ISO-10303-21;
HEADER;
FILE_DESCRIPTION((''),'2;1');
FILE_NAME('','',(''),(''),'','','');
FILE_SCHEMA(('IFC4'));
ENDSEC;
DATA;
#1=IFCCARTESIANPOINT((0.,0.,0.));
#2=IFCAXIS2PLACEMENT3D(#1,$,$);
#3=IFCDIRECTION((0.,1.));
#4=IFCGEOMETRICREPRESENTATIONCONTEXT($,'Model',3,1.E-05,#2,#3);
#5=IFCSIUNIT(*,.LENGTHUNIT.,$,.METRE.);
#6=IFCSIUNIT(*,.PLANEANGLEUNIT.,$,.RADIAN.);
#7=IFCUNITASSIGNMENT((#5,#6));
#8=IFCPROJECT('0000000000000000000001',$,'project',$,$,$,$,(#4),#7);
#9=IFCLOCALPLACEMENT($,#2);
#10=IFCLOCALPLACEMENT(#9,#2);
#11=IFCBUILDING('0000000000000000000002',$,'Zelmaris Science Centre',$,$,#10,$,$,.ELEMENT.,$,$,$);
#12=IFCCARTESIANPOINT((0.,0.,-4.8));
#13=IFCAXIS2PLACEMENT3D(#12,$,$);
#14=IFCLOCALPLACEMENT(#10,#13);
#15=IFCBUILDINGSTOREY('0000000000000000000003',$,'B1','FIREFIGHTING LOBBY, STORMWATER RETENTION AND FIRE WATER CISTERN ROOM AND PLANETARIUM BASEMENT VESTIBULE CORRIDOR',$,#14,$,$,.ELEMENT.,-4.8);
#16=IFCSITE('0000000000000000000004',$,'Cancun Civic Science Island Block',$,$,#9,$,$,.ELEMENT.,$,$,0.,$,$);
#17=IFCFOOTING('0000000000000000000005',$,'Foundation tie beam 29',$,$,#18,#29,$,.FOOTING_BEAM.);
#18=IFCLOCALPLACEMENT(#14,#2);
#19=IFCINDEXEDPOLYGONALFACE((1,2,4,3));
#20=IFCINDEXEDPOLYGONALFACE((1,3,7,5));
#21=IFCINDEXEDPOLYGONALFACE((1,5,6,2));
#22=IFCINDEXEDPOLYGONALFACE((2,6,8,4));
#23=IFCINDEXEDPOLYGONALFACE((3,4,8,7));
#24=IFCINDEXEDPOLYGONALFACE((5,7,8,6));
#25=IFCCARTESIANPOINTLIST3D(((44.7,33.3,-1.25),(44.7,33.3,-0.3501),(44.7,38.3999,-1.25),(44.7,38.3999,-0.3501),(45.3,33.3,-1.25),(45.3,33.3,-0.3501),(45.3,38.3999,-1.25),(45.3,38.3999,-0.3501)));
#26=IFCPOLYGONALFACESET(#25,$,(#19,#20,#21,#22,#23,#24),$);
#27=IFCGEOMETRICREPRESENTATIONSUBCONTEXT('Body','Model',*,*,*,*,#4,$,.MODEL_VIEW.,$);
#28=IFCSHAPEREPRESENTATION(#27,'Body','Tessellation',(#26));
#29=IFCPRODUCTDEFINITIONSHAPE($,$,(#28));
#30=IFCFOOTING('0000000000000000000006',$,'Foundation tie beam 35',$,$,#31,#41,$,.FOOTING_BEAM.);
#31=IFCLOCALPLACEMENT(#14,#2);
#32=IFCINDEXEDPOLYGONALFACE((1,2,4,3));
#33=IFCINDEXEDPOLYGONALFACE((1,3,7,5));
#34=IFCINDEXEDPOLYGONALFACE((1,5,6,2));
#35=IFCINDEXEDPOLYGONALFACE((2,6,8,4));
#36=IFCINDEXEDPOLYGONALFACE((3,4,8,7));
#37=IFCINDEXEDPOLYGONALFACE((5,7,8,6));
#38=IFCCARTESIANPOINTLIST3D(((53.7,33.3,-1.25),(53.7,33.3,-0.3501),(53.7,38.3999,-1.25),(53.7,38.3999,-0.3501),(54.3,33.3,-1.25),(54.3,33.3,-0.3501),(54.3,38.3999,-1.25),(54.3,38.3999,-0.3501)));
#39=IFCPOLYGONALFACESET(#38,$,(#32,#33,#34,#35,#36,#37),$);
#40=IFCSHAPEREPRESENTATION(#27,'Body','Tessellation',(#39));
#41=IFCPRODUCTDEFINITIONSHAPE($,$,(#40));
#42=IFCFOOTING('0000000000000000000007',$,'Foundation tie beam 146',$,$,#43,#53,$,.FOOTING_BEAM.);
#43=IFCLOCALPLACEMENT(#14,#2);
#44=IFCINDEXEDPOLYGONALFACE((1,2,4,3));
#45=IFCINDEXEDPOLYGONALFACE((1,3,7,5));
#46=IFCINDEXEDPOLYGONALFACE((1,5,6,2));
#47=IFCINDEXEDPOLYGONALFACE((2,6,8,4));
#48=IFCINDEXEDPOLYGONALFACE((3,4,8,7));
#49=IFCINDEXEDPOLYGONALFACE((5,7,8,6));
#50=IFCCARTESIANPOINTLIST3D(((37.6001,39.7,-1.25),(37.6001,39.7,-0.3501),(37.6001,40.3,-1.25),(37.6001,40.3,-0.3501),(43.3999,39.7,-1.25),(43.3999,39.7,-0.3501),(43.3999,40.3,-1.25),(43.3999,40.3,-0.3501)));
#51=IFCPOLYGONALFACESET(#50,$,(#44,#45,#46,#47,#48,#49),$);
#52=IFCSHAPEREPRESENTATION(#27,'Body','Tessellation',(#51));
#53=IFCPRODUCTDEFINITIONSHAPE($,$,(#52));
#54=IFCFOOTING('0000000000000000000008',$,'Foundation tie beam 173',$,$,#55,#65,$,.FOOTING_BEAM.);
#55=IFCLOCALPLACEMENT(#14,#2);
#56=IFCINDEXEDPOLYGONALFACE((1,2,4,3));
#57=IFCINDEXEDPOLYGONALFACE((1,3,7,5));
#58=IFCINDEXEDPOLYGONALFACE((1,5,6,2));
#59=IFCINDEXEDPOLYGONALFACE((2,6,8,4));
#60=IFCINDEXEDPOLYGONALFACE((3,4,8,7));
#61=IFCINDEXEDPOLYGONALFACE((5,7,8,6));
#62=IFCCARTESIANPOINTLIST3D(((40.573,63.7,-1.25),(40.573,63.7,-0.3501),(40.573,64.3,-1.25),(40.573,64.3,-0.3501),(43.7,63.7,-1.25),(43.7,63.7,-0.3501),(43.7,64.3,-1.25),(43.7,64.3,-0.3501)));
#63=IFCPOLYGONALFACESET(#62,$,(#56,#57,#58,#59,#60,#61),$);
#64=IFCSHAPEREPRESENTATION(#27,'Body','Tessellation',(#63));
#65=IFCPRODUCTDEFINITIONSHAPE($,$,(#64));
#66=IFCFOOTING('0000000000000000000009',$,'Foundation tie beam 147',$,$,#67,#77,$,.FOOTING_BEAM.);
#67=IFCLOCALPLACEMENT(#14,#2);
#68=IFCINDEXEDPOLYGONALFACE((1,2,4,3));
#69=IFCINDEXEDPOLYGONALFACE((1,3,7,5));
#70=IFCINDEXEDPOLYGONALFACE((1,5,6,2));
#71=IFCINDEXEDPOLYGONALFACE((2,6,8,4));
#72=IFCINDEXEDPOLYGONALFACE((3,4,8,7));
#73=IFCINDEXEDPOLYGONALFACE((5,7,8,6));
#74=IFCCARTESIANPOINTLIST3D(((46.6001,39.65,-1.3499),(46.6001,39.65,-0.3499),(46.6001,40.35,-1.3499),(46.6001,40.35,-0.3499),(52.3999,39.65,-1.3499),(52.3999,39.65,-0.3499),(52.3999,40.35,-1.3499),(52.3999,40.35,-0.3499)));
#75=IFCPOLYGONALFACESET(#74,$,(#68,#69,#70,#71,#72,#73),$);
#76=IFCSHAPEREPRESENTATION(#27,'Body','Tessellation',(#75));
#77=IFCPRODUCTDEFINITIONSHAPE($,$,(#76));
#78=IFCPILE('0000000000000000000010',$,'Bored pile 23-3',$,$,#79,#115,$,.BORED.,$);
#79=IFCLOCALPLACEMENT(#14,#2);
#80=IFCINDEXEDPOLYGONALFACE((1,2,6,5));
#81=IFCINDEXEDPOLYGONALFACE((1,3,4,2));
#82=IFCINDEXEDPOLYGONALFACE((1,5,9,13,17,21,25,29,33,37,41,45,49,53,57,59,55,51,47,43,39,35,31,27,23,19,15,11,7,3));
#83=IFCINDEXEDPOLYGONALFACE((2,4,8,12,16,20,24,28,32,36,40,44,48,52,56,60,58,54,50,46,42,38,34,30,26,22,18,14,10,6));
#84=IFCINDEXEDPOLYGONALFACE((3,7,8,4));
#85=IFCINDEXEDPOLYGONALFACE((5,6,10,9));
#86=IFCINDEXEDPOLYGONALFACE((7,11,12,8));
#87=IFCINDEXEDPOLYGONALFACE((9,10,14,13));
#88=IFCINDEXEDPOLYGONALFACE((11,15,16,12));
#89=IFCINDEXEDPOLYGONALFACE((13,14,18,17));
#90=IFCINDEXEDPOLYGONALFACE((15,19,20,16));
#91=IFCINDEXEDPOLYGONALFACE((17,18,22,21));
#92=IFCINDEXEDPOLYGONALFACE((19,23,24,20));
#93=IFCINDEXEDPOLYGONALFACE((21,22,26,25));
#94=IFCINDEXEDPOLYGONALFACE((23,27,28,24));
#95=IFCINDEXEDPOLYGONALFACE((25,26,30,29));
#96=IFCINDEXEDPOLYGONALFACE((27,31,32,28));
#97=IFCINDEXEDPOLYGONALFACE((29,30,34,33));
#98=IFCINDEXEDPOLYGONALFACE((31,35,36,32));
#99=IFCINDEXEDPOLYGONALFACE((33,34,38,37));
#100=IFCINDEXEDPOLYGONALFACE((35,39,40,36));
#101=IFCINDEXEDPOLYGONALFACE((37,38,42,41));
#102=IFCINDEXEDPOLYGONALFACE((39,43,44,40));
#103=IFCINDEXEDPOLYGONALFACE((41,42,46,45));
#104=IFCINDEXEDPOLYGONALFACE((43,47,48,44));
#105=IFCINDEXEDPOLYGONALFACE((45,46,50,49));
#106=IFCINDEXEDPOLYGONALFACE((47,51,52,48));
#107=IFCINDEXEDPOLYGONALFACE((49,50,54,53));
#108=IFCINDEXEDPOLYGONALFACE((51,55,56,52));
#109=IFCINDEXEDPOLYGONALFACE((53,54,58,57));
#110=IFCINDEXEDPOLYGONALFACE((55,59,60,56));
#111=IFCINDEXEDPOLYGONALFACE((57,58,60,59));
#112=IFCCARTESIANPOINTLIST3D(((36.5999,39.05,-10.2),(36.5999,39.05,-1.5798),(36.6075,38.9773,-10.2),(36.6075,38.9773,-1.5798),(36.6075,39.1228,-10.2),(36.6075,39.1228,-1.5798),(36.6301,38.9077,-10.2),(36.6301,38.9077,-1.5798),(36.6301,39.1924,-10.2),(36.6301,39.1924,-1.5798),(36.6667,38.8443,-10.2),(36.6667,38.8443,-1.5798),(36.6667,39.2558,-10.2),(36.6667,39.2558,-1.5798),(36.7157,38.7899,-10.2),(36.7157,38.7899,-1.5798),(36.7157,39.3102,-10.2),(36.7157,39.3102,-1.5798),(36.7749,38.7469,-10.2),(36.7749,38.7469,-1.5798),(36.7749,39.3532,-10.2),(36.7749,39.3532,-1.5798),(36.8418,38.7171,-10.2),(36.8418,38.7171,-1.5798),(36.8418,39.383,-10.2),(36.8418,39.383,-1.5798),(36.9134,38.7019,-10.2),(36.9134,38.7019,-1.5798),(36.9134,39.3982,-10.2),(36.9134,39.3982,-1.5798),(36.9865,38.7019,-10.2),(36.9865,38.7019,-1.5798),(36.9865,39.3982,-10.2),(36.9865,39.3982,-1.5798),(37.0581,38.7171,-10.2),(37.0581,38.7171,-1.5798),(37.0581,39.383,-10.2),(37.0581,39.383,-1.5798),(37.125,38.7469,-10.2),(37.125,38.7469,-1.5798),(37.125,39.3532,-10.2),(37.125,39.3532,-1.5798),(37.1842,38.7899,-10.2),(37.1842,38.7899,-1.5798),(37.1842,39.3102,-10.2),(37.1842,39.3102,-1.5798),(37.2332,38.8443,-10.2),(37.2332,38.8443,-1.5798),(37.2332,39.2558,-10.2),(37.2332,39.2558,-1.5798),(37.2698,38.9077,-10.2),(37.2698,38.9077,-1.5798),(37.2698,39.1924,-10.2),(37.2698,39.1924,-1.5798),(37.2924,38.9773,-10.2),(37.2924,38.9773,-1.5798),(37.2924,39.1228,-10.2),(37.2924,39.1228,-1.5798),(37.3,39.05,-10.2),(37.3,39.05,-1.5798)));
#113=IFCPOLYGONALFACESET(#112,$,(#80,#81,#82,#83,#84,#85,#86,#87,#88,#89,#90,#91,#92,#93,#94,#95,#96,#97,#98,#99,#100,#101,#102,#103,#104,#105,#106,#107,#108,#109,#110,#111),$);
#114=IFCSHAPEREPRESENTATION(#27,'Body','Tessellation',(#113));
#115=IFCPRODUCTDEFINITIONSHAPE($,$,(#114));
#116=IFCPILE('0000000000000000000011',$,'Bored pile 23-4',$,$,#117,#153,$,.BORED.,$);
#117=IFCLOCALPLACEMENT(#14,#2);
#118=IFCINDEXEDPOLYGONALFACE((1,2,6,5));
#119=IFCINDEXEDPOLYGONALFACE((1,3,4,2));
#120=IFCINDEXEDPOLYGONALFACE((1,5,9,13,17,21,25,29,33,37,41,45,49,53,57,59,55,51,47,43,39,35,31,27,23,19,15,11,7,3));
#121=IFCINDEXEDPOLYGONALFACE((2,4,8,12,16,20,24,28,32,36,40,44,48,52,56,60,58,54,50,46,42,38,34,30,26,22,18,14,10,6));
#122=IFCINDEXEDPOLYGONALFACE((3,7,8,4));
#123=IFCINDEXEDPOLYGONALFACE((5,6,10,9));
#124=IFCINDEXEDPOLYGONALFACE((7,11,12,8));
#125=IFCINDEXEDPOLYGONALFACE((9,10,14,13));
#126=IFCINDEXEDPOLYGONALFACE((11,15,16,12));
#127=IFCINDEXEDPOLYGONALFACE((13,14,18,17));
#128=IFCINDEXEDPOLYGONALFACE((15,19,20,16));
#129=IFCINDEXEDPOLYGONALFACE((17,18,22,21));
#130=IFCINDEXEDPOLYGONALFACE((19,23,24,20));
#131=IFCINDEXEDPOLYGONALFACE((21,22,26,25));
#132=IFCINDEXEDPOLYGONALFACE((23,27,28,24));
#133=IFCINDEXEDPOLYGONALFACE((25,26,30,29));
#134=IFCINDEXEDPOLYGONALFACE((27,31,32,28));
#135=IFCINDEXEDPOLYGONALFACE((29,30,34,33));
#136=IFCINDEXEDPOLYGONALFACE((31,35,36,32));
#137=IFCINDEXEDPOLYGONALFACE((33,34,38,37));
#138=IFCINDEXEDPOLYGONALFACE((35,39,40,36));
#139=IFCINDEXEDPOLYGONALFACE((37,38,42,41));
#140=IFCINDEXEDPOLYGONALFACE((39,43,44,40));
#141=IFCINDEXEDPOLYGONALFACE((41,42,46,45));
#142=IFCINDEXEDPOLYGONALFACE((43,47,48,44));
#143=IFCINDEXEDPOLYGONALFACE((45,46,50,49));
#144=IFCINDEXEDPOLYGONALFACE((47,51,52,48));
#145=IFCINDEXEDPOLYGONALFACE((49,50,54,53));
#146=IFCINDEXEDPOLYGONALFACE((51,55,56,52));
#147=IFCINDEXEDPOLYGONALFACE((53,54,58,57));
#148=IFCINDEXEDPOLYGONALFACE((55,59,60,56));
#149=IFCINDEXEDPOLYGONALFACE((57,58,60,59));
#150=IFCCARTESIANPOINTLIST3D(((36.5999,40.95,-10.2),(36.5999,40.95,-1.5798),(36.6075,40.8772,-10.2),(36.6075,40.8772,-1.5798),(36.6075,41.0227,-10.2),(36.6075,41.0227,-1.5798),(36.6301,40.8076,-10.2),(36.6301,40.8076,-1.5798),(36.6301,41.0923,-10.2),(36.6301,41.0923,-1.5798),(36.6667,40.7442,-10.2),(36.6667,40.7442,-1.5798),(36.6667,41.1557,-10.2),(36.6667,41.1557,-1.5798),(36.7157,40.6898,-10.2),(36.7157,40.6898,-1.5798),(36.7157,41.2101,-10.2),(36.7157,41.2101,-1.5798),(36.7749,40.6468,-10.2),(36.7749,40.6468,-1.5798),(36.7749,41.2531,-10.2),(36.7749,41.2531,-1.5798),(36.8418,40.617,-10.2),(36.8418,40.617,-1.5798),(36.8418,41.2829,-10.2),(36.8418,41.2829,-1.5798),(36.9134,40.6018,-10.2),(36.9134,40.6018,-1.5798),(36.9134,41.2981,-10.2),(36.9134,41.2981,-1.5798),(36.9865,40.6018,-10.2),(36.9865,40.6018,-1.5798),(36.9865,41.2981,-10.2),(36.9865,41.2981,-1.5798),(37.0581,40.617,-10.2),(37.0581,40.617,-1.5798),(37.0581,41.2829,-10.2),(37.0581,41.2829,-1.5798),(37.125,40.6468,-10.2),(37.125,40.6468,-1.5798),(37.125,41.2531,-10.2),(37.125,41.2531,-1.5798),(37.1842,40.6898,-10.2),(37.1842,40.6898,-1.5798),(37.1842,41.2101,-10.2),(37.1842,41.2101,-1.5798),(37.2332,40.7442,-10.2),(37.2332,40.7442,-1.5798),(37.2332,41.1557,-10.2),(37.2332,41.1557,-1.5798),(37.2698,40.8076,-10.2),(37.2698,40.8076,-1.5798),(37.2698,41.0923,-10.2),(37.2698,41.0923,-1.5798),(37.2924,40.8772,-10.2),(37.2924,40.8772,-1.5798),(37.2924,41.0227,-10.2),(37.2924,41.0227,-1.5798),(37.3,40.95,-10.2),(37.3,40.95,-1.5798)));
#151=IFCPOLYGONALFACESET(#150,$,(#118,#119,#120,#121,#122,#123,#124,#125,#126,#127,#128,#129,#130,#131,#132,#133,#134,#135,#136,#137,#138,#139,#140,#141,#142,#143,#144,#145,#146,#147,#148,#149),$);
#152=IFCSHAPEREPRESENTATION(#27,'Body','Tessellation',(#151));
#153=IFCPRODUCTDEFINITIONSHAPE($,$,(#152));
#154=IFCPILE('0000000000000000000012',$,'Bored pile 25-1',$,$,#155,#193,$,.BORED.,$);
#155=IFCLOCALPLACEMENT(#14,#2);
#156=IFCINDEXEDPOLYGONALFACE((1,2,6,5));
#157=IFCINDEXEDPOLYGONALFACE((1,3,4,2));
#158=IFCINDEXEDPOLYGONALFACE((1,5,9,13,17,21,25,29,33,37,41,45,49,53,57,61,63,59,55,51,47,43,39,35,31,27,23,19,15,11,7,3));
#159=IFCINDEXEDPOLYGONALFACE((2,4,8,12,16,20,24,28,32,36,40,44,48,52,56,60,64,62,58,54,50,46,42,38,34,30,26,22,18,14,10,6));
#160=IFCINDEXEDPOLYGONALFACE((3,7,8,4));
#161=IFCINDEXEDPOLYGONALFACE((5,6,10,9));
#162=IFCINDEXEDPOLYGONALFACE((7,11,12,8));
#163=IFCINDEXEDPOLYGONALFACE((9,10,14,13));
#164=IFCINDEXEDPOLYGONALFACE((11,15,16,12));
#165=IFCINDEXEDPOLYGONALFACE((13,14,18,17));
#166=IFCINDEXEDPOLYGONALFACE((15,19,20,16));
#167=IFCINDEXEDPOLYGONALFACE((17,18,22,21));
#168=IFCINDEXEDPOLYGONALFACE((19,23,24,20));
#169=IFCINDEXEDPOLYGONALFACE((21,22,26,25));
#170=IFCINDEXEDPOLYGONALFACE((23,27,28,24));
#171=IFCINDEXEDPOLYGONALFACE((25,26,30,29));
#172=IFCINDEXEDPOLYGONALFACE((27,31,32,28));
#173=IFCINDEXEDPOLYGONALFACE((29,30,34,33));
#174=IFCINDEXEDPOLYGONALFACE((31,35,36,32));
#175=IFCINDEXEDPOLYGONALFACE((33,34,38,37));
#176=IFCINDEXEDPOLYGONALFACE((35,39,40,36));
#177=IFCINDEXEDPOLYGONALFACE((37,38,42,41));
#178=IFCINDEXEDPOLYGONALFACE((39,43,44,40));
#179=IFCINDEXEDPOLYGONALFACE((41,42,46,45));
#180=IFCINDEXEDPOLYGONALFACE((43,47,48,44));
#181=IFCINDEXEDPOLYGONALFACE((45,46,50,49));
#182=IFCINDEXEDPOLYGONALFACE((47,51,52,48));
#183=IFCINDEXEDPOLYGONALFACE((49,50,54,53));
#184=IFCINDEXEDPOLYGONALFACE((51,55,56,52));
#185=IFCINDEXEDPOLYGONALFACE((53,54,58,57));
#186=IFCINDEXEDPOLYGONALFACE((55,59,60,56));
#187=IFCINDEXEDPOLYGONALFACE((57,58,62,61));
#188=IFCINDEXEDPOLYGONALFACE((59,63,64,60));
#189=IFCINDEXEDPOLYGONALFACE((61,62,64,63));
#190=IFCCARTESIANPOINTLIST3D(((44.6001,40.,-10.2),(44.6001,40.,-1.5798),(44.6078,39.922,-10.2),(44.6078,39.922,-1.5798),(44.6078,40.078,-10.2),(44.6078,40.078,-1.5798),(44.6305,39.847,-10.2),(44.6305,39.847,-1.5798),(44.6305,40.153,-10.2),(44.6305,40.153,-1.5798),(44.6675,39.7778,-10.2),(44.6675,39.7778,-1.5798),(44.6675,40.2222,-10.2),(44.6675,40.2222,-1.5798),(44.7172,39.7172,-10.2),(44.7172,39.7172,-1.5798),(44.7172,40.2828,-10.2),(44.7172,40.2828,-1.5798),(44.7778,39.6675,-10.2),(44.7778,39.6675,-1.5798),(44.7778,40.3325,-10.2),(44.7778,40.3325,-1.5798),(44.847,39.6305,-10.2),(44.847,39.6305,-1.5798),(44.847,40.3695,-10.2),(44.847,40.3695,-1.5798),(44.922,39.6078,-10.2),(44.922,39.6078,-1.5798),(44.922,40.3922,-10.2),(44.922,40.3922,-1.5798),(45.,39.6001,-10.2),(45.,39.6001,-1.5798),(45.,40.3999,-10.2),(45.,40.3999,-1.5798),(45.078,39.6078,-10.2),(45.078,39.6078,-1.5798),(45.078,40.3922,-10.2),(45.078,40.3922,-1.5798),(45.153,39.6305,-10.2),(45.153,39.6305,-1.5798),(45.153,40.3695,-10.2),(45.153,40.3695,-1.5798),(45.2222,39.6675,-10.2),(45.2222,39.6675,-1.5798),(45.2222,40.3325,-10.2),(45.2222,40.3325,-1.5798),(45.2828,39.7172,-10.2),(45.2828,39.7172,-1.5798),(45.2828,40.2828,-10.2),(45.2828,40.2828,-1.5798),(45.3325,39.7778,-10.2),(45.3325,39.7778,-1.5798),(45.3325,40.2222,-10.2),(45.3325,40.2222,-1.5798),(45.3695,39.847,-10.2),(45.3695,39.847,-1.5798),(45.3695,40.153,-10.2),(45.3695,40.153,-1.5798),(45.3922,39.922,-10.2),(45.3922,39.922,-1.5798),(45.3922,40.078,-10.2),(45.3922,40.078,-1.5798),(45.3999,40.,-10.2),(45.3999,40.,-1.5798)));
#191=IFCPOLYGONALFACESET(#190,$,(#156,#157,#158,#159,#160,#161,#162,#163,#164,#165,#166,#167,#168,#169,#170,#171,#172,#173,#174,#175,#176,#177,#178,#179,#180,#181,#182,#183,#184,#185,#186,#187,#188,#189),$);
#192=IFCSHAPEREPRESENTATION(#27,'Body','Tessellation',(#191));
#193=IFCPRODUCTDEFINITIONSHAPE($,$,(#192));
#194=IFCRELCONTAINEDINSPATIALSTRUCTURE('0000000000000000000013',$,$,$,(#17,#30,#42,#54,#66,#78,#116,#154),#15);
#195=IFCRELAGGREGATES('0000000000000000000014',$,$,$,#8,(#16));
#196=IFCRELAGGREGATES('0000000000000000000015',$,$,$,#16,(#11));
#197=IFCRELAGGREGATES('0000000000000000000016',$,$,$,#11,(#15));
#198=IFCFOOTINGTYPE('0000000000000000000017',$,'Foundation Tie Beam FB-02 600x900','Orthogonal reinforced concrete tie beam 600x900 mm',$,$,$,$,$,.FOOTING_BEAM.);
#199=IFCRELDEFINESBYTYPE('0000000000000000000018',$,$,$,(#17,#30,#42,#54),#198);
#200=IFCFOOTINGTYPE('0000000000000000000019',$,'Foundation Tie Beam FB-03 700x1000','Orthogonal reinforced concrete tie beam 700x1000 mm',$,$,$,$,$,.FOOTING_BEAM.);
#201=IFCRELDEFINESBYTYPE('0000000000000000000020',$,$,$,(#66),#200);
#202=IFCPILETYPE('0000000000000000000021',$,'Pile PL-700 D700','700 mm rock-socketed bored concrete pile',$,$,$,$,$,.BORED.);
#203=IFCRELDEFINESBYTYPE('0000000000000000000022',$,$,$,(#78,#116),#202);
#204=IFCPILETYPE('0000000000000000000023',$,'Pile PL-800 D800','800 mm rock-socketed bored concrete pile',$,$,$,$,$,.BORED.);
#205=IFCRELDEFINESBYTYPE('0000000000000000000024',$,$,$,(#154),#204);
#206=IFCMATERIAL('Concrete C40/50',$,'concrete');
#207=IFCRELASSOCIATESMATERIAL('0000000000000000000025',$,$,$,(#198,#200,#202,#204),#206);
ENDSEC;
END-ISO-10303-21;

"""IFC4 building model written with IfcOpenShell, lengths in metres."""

from ifc_helpers import new_model, si_unit, direction, frame, origin, origin_2d, place, context, subcontext, project, spatial, rectangle, circle, extrude, material, material_profile, profile_set, type_object, element, save


model = new_model("IFC4")

# Units and contexts
model_context = context("Model", 3, precision=1e-05, world=origin(), true_north=direction((0.0, 1.0)))
body_context = subcontext(model_context, "Body", "Model", "MODEL_VIEW")
ifc_project = project(units=[si_unit("LENGTHUNIT", "METRE"), si_unit("PLANEANGLEUNIT", "RADIAN")], contexts=[model_context])

# Site, building, storey
site_placement = place(None, origin())
site = spatial("IfcSite", under=ifc_project, at=site_placement, Name="Cancun Civic Science Island Block", CompositionType="ELEMENT", RefElevation=0.0)
building_placement = place(site_placement, origin())
building = spatial("IfcBuilding", under=site, at=building_placement, Name="Zelmaris Science Centre", CompositionType="ELEMENT")
storey_placement = place(building_placement, frame((0.0, 0.0, -4.8)))
storey = spatial("IfcBuildingStorey", under=building, at=storey_placement, Name="B1", Description="FIREFIGHTING LOBBY, STORMWATER RETENTION AND FIRE WATER CISTERN ROOM AND PLANETARIUM BASEMENT VESTIBULE CORRIDOR", CompositionType="ELEMENT", Elevation=-4.8)

# Footings
ifc_material_1 = material(Name="Concrete C40/50", Category="concrete")
ifc_material_profile_1 = material_profile(ifc_material_1, rectangle(XDim=0.6001, YDim=0.8999, at=origin_2d()), Name="FB-600X900")
ifc_profile_set_1 = profile_set([ifc_material_profile_1], Name="Concrete C40/50")
footing_type_1 = type_object("IfcFootingType", Name="Foundation Tie Beam FB-02 600x900", Description="Orthogonal reinforced concrete tie beam 600x900 mm", PredefinedType="FOOTING_BEAM", material=ifc_profile_set_1)
for number, where, z_axis, x_axis, name in (
    (1, (45.0, 33.3, -0.8), (0.0, 1.0, 0.0), (-1.0, 0.0, 0.0), "Foundation tie beam 29"),
    (2, (54.0, 33.3, -0.8), (0.0, 1.0, 0.0), (-1.0, 0.0, 0.0), "Foundation tie beam 35"),
):
    element("IfcFooting", number, at=place(storey_placement, frame(where, z_axis=z_axis, x_axis=x_axis)), inside=storey, type_object=footing_type_1, Name=name, PredefinedType="FOOTING_BEAM", context=body_context, shape_type="SweptSolid", body=[
        extrude(rectangle(XDim=0.6001, YDim=0.8999, at=origin_2d()), origin(), (0.0, 0.0, 1.0), 5.0999),
    ])
footing_1_placement = place(storey_placement, frame((37.6001, 40.0, -0.8), z_axis=(1.0, 0.0, 0.0), x_axis=(0.0, 1.0, 0.0)))
element("IfcFooting", 3, at=footing_1_placement, inside=storey, type_object=footing_type_1, Name="Foundation tie beam 146", PredefinedType="FOOTING_BEAM", context=body_context, shape_type="SweptSolid", body=[
    extrude(rectangle(XDim=0.6001, YDim=0.8999, at=origin_2d()), origin(), (0.0, 0.0, 1.0), 5.7998),
])
footing_2_placement = place(storey_placement, frame((40.573, 64.0, -0.8), z_axis=(1.0, 0.0, 0.0), x_axis=(0.0, 1.0, 0.0)))
element("IfcFooting", 4, at=footing_2_placement, inside=storey, type_object=footing_type_1, Name="Foundation tie beam 173", PredefinedType="FOOTING_BEAM", context=body_context, shape_type="SweptSolid", body=[
    extrude(rectangle(XDim=0.6001, YDim=0.8999, at=origin_2d()), origin(), (0.0, 0.0, 1.0), 3.127),
])
ifc_material_profile_2 = material_profile(ifc_material_1, rectangle(XDim=0.7, YDim=1.0, at=origin_2d()), Name="FB-700X1000")
ifc_profile_set_2 = profile_set([ifc_material_profile_2], Name="Concrete C40/50")
footing_type_2 = type_object("IfcFootingType", Name="Foundation Tie Beam FB-03 700x1000", Description="Orthogonal reinforced concrete tie beam 700x1000 mm", PredefinedType="FOOTING_BEAM", material=ifc_profile_set_2)
footing_3_placement = place(storey_placement, frame((46.6001, 40.0, -0.8499), z_axis=(1.0, 0.0, 0.0), x_axis=(0.0, 1.0, 0.0)))
element("IfcFooting", 5, at=footing_3_placement, inside=storey, type_object=footing_type_2, Name="Foundation tie beam 147", PredefinedType="FOOTING_BEAM", context=body_context, shape_type="SweptSolid", body=[
    extrude(rectangle(XDim=0.7, YDim=1.0, at=origin_2d()), origin(), (0.0, 0.0, 1.0), 5.7998),
])

# Piles
ifc_material_profile_3 = material_profile(ifc_material_1, circle(Radius=0.3501, at=origin_2d()), Name="PILE-700")
ifc_profile_set_3 = profile_set([ifc_material_profile_3], Name="Concrete C40/50")
pile_type_1 = type_object("IfcPileType", Name="Pile PL-700 D700", Description="700 mm rock-socketed bored concrete pile", PredefinedType="BORED", material=ifc_profile_set_3)
for number, where, z_axis, x_axis, name in (
    (6, (36.95, 39.05, -1.5798), (0.0, 0.0, -1.0), (1.0, 0.0, 0.0), "Bored pile 23-3"),
    (7, (36.95, 40.95, -1.5798), (0.0, 0.0, -1.0), (1.0, 0.0, 0.0), "Bored pile 23-4"),
):
    element("IfcPile", number, at=place(storey_placement, frame(where, z_axis=z_axis, x_axis=x_axis)), inside=storey, type_object=pile_type_1, Name=name, PredefinedType="BORED", context=body_context, shape_type="SweptSolid", body=[
        extrude(circle(Radius=0.3501, at=origin_2d()), origin(), (0.0, 0.0, 1.0), 8.6201),
    ])
ifc_material_profile_4 = material_profile(ifc_material_1, circle(Radius=0.3999, at=origin_2d()), Name="PILE-800")
ifc_profile_set_4 = profile_set([ifc_material_profile_4], Name="Concrete C40/50")
pile_type_2 = type_object("IfcPileType", Name="Pile PL-800 D800", Description="800 mm rock-socketed bored concrete pile", PredefinedType="BORED", material=ifc_profile_set_4)
pile_1_placement = place(storey_placement, frame((45.0, 40.0, -1.5798), z_axis=(0.0, 0.0, -1.0), x_axis=(1.0, 0.0, 0.0)))
element("IfcPile", 8, at=pile_1_placement, inside=storey, type_object=pile_type_2, Name="Bored pile 25-1", PredefinedType="BORED", context=body_context, shape_type="SweptSolid", body=[
    extrude(circle(Radius=0.3999, at=origin_2d()), origin(), (0.0, 0.0, 1.0), 8.6201),
])

save(model, "model.ifc")
